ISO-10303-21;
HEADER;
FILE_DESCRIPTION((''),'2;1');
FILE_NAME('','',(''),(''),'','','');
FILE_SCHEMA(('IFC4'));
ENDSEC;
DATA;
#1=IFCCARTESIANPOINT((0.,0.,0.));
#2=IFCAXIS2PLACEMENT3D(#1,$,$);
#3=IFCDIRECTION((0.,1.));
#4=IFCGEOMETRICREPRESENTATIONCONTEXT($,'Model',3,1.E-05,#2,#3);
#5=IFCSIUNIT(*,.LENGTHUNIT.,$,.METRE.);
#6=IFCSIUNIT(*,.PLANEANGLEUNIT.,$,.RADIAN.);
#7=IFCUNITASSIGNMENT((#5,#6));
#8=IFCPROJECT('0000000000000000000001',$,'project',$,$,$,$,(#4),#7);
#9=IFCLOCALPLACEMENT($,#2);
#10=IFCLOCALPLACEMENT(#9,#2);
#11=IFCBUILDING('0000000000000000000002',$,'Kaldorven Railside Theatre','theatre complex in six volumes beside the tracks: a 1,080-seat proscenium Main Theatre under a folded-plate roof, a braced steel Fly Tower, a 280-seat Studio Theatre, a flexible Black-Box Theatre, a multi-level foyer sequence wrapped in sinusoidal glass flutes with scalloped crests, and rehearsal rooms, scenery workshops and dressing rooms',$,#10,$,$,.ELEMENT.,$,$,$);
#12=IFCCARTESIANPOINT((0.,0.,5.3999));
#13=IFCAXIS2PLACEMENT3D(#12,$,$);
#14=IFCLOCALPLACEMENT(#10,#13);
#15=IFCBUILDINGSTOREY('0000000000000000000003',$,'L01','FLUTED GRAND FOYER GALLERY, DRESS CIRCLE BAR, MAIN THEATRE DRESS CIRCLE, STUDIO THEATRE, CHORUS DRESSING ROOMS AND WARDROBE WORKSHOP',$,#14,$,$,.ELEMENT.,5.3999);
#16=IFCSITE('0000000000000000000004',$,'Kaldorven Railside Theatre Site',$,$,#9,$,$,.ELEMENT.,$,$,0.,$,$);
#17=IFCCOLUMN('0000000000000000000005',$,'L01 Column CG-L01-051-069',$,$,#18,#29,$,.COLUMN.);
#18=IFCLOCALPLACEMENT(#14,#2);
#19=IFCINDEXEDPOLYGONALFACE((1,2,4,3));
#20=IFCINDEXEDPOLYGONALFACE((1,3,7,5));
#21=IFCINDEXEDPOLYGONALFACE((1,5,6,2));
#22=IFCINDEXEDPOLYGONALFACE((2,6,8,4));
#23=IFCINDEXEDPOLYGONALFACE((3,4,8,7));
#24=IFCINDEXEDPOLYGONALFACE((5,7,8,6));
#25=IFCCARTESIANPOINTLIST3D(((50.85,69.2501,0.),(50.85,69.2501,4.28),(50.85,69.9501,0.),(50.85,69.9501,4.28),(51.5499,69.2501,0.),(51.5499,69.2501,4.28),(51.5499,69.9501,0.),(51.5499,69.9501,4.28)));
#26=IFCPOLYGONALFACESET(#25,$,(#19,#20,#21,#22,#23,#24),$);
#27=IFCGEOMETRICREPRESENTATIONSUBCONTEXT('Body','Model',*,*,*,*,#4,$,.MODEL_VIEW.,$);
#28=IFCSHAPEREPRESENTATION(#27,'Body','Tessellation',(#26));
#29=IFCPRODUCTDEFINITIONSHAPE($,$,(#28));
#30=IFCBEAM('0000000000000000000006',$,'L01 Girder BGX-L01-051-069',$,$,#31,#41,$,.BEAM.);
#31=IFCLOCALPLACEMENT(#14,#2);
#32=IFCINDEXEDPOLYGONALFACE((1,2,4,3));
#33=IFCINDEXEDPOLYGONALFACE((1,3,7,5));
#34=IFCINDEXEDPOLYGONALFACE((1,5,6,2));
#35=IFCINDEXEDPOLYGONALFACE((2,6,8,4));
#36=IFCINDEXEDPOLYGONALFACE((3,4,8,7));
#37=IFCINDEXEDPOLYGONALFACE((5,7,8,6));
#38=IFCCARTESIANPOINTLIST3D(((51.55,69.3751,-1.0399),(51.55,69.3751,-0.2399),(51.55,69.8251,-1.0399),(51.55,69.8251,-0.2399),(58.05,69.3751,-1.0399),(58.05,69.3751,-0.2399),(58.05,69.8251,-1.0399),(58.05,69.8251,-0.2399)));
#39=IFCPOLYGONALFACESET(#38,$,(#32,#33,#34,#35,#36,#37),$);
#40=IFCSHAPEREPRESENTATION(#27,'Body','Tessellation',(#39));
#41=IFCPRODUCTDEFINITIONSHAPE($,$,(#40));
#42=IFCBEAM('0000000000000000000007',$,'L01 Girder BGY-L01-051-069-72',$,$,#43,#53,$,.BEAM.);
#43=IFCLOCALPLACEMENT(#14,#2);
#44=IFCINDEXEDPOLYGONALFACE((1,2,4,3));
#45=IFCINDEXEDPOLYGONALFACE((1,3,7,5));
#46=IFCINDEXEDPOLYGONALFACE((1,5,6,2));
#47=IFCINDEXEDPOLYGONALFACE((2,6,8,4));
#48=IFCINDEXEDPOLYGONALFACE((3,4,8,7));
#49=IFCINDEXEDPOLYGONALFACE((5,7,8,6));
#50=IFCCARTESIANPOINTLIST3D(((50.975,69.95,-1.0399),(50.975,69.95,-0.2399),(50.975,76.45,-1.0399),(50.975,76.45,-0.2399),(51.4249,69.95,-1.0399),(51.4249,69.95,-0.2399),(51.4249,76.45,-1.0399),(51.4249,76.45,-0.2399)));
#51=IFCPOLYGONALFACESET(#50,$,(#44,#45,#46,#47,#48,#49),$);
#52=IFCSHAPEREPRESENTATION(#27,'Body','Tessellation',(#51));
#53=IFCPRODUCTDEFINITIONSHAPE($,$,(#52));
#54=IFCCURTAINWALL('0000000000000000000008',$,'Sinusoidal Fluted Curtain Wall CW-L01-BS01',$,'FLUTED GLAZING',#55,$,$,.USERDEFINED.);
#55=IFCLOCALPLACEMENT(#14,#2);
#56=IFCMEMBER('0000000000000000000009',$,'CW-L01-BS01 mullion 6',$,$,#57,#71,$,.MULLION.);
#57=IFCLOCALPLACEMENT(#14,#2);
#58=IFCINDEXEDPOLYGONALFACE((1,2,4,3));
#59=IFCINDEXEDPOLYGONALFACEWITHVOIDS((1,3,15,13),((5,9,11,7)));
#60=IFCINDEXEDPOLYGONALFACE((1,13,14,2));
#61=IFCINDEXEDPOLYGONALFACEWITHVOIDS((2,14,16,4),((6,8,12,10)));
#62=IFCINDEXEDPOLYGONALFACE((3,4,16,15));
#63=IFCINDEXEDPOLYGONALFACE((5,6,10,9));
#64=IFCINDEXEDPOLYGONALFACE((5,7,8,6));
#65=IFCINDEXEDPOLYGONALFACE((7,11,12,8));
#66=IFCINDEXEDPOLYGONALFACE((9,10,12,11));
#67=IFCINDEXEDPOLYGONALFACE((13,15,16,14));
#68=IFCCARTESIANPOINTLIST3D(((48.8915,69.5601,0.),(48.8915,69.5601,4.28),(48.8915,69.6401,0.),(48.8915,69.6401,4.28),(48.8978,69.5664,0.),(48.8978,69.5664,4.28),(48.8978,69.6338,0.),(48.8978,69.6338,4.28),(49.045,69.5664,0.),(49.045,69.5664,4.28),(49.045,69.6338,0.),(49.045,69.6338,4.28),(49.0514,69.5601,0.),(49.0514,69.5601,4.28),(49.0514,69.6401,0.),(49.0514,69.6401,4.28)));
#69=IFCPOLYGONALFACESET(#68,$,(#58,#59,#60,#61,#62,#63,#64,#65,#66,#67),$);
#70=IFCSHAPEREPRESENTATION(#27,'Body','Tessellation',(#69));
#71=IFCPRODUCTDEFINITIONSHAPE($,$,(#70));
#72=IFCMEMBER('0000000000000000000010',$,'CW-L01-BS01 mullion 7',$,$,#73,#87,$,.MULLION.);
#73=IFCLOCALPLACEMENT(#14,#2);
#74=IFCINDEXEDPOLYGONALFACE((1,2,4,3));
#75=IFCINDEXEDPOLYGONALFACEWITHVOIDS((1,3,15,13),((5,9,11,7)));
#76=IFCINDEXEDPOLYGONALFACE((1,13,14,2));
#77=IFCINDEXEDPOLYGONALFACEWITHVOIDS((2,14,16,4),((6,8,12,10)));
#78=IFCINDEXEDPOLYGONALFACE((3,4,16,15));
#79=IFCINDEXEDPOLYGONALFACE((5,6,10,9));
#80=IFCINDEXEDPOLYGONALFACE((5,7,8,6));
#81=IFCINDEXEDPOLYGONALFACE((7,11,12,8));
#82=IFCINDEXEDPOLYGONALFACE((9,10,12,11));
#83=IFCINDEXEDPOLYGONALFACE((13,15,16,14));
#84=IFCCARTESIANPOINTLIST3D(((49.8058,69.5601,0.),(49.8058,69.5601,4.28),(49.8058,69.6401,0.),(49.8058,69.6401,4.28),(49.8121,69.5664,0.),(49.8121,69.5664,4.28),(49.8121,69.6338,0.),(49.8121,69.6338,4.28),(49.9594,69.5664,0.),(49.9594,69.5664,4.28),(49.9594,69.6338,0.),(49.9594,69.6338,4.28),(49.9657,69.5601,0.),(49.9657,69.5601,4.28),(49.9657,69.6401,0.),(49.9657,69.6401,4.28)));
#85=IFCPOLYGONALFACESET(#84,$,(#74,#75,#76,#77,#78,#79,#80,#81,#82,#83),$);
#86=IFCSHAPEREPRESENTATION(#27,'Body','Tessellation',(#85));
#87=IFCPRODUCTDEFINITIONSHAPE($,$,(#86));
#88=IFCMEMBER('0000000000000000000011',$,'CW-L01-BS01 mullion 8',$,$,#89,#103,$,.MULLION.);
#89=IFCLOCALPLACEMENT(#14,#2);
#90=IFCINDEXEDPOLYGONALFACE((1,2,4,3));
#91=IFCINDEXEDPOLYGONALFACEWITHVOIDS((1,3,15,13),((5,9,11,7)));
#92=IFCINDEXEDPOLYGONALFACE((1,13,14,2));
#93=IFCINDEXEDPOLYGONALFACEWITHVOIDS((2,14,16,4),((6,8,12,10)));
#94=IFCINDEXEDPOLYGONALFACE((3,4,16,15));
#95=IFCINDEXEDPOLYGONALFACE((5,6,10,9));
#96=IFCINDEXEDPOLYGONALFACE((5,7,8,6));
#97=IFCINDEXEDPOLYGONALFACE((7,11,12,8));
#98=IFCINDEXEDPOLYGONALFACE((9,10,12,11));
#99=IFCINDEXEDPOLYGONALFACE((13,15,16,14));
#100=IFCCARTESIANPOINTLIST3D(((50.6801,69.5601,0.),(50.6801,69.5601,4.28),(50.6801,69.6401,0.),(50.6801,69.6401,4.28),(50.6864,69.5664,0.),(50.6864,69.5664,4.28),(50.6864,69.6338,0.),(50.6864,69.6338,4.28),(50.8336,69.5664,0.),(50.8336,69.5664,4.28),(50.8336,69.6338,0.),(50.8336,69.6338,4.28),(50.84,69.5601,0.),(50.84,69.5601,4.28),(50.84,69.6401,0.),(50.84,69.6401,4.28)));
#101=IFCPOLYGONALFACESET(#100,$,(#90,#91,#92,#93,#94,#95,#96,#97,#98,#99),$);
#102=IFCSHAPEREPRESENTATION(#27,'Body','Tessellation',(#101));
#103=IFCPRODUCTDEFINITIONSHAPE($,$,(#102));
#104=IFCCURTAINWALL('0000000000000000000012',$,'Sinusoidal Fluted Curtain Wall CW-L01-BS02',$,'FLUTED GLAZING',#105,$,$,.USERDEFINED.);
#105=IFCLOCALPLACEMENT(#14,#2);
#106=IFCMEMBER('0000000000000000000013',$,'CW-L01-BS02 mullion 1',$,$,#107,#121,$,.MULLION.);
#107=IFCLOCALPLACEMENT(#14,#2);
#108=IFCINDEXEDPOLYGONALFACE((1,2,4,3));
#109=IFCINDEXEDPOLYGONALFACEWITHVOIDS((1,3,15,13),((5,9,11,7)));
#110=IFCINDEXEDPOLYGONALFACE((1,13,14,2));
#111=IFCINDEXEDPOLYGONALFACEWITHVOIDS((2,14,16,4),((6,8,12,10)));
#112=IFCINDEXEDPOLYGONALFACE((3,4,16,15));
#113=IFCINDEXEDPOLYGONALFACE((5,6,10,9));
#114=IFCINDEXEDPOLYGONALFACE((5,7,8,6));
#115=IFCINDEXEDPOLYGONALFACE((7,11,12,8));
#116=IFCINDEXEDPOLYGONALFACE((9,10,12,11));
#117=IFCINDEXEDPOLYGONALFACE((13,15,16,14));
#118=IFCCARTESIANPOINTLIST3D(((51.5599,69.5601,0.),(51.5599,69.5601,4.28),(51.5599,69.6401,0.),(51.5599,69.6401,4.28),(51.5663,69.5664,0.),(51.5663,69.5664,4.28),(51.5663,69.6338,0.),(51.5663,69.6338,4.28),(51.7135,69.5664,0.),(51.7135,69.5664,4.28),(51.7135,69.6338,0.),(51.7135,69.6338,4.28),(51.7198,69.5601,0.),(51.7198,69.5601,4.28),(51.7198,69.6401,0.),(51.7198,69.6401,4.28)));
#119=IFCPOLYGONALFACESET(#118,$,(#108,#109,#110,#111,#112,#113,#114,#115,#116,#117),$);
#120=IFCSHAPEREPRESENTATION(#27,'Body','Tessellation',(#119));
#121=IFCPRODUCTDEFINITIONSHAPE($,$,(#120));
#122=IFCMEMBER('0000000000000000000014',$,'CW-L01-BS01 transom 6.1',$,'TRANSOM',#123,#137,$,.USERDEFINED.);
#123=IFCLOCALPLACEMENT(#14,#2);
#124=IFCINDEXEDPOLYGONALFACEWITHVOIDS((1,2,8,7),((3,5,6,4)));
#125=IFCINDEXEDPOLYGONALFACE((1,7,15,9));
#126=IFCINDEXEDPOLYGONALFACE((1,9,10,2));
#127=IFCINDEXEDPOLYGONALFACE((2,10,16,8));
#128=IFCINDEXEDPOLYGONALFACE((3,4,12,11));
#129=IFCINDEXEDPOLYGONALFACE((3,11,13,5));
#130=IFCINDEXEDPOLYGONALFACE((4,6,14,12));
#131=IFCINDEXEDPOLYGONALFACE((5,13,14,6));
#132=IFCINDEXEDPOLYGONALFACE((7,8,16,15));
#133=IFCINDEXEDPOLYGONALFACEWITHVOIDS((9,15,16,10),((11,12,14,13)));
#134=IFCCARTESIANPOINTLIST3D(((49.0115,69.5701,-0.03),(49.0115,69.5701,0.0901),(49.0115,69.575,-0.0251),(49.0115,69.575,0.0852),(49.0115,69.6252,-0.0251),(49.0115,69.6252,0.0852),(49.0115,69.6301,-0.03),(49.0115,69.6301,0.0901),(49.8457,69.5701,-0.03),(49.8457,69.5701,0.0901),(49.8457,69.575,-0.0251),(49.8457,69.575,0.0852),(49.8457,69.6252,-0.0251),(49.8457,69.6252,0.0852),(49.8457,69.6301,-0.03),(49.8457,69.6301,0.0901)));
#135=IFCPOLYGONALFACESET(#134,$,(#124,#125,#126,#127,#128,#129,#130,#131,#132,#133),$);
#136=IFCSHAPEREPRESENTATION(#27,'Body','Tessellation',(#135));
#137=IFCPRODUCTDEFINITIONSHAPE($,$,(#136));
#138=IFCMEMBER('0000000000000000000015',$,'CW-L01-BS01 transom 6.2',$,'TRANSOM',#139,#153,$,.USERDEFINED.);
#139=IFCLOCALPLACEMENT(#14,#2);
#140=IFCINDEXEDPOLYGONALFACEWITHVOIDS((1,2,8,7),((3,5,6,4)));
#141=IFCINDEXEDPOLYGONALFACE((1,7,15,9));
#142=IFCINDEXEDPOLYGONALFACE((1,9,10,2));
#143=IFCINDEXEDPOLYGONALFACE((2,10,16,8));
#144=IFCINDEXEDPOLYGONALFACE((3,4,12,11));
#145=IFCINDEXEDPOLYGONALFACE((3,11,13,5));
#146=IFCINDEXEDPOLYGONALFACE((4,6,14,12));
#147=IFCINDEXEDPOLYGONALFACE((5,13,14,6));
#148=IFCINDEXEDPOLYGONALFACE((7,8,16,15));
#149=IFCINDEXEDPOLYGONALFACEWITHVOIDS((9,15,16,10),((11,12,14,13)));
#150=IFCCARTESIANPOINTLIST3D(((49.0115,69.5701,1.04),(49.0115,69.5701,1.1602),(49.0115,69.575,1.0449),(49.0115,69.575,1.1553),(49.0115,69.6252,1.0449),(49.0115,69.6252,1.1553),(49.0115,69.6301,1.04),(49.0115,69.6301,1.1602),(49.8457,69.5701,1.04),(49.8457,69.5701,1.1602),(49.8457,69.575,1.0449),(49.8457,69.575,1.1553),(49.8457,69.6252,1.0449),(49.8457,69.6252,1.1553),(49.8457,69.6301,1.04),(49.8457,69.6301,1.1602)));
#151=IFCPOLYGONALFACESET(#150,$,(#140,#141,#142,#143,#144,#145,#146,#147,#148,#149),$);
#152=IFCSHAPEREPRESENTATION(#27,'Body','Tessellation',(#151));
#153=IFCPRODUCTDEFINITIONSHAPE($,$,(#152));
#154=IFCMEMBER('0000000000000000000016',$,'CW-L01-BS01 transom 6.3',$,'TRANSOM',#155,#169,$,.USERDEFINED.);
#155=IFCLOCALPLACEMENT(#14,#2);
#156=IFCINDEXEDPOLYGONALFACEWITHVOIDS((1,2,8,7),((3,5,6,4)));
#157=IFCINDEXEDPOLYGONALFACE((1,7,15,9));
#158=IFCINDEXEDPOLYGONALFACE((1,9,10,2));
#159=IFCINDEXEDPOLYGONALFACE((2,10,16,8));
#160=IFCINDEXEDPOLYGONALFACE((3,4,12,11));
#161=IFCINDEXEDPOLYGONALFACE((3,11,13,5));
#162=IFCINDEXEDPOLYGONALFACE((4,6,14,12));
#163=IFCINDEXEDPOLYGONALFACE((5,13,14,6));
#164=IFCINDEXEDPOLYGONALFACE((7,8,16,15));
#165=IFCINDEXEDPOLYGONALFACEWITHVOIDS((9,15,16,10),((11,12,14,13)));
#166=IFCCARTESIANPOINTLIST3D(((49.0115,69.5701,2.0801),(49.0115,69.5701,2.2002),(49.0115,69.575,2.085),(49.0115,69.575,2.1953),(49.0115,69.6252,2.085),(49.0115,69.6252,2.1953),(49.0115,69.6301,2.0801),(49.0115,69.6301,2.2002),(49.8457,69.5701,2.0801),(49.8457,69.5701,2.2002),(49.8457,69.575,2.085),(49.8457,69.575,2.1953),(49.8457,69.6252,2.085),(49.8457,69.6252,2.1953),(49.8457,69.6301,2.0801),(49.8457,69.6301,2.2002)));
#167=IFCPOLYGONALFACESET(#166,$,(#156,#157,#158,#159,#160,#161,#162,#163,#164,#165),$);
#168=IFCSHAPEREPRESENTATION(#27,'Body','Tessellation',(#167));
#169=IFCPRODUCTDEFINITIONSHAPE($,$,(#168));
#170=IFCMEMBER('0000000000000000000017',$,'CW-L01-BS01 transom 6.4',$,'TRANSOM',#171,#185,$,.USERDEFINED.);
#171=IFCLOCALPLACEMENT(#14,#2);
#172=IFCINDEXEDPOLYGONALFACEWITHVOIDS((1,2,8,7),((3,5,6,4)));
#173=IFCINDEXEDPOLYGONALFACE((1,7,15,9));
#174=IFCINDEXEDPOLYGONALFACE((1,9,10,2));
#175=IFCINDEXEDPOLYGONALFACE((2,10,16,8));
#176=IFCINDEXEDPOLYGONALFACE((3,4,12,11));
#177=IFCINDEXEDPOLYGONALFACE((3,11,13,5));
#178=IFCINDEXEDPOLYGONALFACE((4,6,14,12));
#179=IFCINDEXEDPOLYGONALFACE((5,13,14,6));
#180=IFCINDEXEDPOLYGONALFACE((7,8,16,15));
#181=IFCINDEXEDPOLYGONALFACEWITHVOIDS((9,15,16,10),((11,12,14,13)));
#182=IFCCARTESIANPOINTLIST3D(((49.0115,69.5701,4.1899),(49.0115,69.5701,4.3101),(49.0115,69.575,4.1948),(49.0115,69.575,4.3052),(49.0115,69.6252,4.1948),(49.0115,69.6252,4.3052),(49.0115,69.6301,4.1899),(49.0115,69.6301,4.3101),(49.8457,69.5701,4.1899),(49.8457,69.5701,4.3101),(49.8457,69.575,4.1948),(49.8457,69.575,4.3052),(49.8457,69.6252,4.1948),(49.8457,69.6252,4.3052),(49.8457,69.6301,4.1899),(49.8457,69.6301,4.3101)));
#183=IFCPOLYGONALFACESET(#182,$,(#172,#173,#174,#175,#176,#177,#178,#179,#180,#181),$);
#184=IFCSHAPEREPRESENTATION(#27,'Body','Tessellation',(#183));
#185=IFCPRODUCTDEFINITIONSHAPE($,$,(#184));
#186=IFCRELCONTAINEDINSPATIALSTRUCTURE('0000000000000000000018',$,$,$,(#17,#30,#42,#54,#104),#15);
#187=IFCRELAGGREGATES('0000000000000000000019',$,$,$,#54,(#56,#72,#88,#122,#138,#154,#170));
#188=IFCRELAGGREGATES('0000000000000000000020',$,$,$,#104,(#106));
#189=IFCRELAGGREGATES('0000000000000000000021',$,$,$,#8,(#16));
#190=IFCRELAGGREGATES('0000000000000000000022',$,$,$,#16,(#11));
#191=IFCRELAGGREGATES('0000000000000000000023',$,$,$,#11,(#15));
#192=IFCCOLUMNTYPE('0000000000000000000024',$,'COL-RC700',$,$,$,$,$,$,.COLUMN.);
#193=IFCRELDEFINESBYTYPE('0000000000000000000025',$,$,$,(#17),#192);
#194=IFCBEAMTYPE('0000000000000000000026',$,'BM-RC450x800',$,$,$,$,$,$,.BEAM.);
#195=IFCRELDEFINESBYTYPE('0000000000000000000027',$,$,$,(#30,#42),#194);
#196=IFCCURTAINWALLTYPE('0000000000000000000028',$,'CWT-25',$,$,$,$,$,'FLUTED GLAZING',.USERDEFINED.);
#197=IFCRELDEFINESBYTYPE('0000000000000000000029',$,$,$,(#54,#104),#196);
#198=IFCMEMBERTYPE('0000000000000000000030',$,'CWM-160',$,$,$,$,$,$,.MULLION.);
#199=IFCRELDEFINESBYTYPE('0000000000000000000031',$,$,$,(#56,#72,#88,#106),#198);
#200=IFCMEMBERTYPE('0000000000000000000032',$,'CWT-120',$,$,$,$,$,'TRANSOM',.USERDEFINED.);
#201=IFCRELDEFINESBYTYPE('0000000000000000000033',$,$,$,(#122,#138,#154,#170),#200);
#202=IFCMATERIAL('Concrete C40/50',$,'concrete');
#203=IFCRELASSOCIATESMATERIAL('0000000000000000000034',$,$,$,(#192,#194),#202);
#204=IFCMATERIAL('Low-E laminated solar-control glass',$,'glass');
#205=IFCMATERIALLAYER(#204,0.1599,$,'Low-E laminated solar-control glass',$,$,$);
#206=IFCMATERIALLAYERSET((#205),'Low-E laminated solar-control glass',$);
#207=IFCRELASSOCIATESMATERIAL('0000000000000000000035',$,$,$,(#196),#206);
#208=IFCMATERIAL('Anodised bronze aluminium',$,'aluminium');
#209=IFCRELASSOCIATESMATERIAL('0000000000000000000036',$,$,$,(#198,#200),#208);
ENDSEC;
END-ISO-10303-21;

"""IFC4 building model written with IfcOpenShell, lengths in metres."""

from ifc_helpers import new_model, si_unit, direction, frame, origin, origin_2d, place, context, subcontext, project, spatial, rectangle, hollow_rectangle, extrude, material, layer, layer_set, material_profile, profile_set, type_object, element, aggregate, save


model = new_model("IFC4")

# Units and contexts
model_context = context("Model", 3, precision=1e-05, world=origin(), true_north=direction((0.0, 1.0)))
body_context = subcontext(model_context, "Body", "Model", "MODEL_VIEW")
ifc_project = project(units=[si_unit("LENGTHUNIT", "METRE"), si_unit("PLANEANGLEUNIT", "RADIAN")], contexts=[model_context])

# Site, building, storey
site_placement = place(None, origin())
site = spatial("IfcSite", under=ifc_project, at=site_placement, Name="Kaldorven Railside Theatre Site", CompositionType="ELEMENT", RefElevation=0.0)
building_placement = place(site_placement, origin())
building = spatial("IfcBuilding", under=site, at=building_placement, Name="Kaldorven Railside Theatre", Description="theatre complex in six volumes beside the tracks: a 1,080-seat proscenium Main Theatre under a folded-plate roof, a braced steel Fly Tower, a 280-seat Studio Theatre, a flexible Black-Box Theatre, a multi-level foyer sequence wrapped in sinusoidal glass flutes with scalloped crests, and rehearsal rooms, scenery workshops and dressing rooms", CompositionType="ELEMENT")
storey_placement = place(building_placement, frame((0.0, 0.0, 5.3999)))
storey = spatial("IfcBuildingStorey", under=building, at=storey_placement, Name="L01", Description="FLUTED GRAND FOYER GALLERY, DRESS CIRCLE BAR, MAIN THEATRE DRESS CIRCLE, STUDIO THEATRE, CHORUS DRESSING ROOMS AND WARDROBE WORKSHOP", CompositionType="ELEMENT", Elevation=5.3999)

# Column
ifc_material_1 = material(Name="Concrete C40/50", Category="concrete")
ifc_material_profile_1 = material_profile(ifc_material_1, rectangle(XDim=0.7, YDim=0.7, at=origin_2d()), Name="RC 700x700")
ifc_profile_set_1 = profile_set([ifc_material_profile_1], Name="Concrete C40/50")
column_type = type_object("IfcColumnType", Name="COL-RC700", PredefinedType="COLUMN", material=ifc_profile_set_1)
column_placement = place(storey_placement, frame((51.2, 69.6001, 0.0), z_axis=(0.0, 0.0, 1.0), x_axis=(1.0, 0.0, 0.0)))
element("IfcColumn", 1, at=column_placement, inside=storey, type_object=column_type, Name="L01 Column CG-L01-051-069", PredefinedType="COLUMN", context=body_context, shape_type="SweptSolid", body=[
    extrude(rectangle(XDim=0.7, YDim=0.7, at=origin_2d()), origin(), (0.0, 0.0, 1.0), 4.28),
])

# Beams
ifc_material_profile_2 = material_profile(ifc_material_1, rectangle(XDim=0.45, YDim=0.8, at=origin_2d()), Name="RC 450x800")
ifc_profile_set_2 = profile_set([ifc_material_profile_2], Name="Concrete C40/50")
beam_type = type_object("IfcBeamType", Name="BM-RC450x800", PredefinedType="BEAM", material=ifc_profile_set_2)
for number, where, z_axis, x_axis, name in (
    (2, (51.55, 69.6001, -0.6399), (1.0, 0.0, 0.0), (0.0, 1.0, 0.0), "L01 Girder BGX-L01-051-069"),
    (3, (51.2, 69.95, -0.6399), (0.0, 1.0, 0.0), (-1.0, 0.0, 0.0), "L01 Girder BGY-L01-051-069-72"),
):
    element("IfcBeam", number, at=place(storey_placement, frame(where, z_axis=z_axis, x_axis=x_axis)), inside=storey, type_object=beam_type, Name=name, PredefinedType="BEAM", context=body_context, shape_type="SweptSolid", body=[
        extrude(rectangle(XDim=0.45, YDim=0.8, at=origin_2d()), origin(), (0.0, 0.0, 1.0), 6.5),
    ])

# Curtain wall, members
ifc_material_2 = material(Name="Low-E laminated solar-control glass", Category="glass")
ifc_layer_1 = layer(ifc_material_2, 0.1599, Name="Low-E laminated solar-control glass")
ifc_layer_set_1 = layer_set([ifc_layer_1], Name="Low-E laminated solar-control glass")
curtain_wall_type = type_object("IfcCurtainWallType", Name="CWT-25", ElementType="FLUTED GLAZING", PredefinedType="USERDEFINED", material=ifc_layer_set_1)
curtain_wall_1_placement = place(storey_placement, origin())
curtain_wall_1 = element("IfcCurtainWall", 4, at=curtain_wall_1_placement, inside=storey, type_object=curtain_wall_type, Name="Sinusoidal Fluted Curtain Wall CW-L01-BS01", ObjectType="FLUTED GLAZING", PredefinedType="USERDEFINED")
ifc_material_3 = material(Name="Anodised bronze aluminium", Category="aluminium")
ifc_material_profile_3 = material_profile(ifc_material_3, hollow_rectangle(XDim=0.0801, YDim=0.1599, WallThickness=0.0063, at=origin_2d()), Name="RHS 160x80x6.3")
ifc_profile_set_3 = profile_set([ifc_material_profile_3], Name="Anodised bronze aluminium")
member_type_1 = type_object("IfcMemberType", Name="CWM-160", PredefinedType="MULLION", material=ifc_profile_set_3)
member_1_placement = place(storey_placement, frame((48.9714, 69.6001, 0.0), z_axis=(0.0, 0.0, 1.0), x_axis=(0.0, 1.0, 0.0)))
member_1 = element("IfcMember", 5, at=member_1_placement, type_object=member_type_1, Name="CW-L01-BS01 mullion 6", PredefinedType="MULLION", context=body_context, shape_type="SweptSolid", body=[
    extrude(hollow_rectangle(XDim=0.0801, YDim=0.1599, WallThickness=0.0063, at=origin_2d()), origin(), (0.0, 0.0, 1.0), 4.28),
])
member_2_placement = place(storey_placement, frame((49.8857, 69.6001, 0.0), z_axis=(0.0, 0.0, 1.0), x_axis=(0.0, 1.0, 0.0)))
member_2 = element("IfcMember", 6, at=member_2_placement, type_object=member_type_1, Name="CW-L01-BS01 mullion 7", PredefinedType="MULLION", context=body_context, shape_type="SweptSolid", body=[
    extrude(hollow_rectangle(XDim=0.0801, YDim=0.1599, WallThickness=0.0063, at=origin_2d()), origin(), (0.0, 0.0, 1.0), 4.28),
])
member_3_placement = place(storey_placement, frame((50.76, 69.6001, 0.0), z_axis=(0.0, 0.0, 1.0), x_axis=(0.0, 1.0, 0.0)))
member_3 = element("IfcMember", 7, at=member_3_placement, type_object=member_type_1, Name="CW-L01-BS01 mullion 8", PredefinedType="MULLION", context=body_context, shape_type="SweptSolid", body=[
    extrude(hollow_rectangle(XDim=0.0801, YDim=0.1599, WallThickness=0.0063, at=origin_2d()), origin(), (0.0, 0.0, 1.0), 4.28),
])

# Curtain wall, member
curtain_wall_2_placement = place(storey_placement, origin())
curtain_wall_2 = element("IfcCurtainWall", 8, at=curtain_wall_2_placement, inside=storey, type_object=curtain_wall_type, Name="Sinusoidal Fluted Curtain Wall CW-L01-BS02", ObjectType="FLUTED GLAZING", PredefinedType="USERDEFINED")
member_4_placement = place(storey_placement, frame((51.6399, 69.6001, 0.0), z_axis=(0.0, 0.0, 1.0), x_axis=(0.0, 1.0, 0.0)))
member_4 = element("IfcMember", 9, at=member_4_placement, type_object=member_type_1, Name="CW-L01-BS02 mullion 1", PredefinedType="MULLION", context=body_context, shape_type="SweptSolid", body=[
    extrude(hollow_rectangle(XDim=0.0801, YDim=0.1599, WallThickness=0.0063, at=origin_2d()), origin(), (0.0, 0.0, 1.0), 4.28),
])

# Members
ifc_material_profile_4 = material_profile(ifc_material_3, hollow_rectangle(XDim=0.0601, YDim=0.1201, WallThickness=0.0049, at=origin_2d()), Name="RHS 120x60x5")
ifc_profile_set_4 = profile_set([ifc_material_profile_4], Name="Anodised bronze aluminium")
member_type_2 = type_object("IfcMemberType", Name="CWT-120", ElementType="TRANSOM", PredefinedType="USERDEFINED", material=ifc_profile_set_4)
member_5_placement = place(storey_placement, frame((49.0115, 69.6001, 0.03), z_axis=(1.0, 0.0, 0.0), x_axis=(0.0, 1.0, 0.0)))
member_5 = element("IfcMember", 10, at=member_5_placement, type_object=member_type_2, Name="CW-L01-BS01 transom 6.1", ObjectType="TRANSOM", PredefinedType="USERDEFINED", context=body_context, shape_type="SweptSolid", body=[
    extrude(hollow_rectangle(XDim=0.0601, YDim=0.1201, WallThickness=0.0049, at=origin_2d()), origin(), (0.0, 0.0, 1.0), 0.8342),
])
member_6_placement = place(storey_placement, frame((49.0115, 69.6001, 1.1001), z_axis=(1.0, 0.0, 0.0), x_axis=(0.0, 1.0, 0.0)))
member_6 = element("IfcMember", 11, at=member_6_placement, type_object=member_type_2, Name="CW-L01-BS01 transom 6.2", ObjectType="TRANSOM", PredefinedType="USERDEFINED", context=body_context, shape_type="SweptSolid", body=[
    extrude(hollow_rectangle(XDim=0.0601, YDim=0.1201, WallThickness=0.0049, at=origin_2d()), origin(), (0.0, 0.0, 1.0), 0.8342),
])
member_7_placement = place(storey_placement, frame((49.0115, 69.6001, 2.1401), z_axis=(1.0, 0.0, 0.0), x_axis=(0.0, 1.0, 0.0)))
member_7 = element("IfcMember", 12, at=member_7_placement, type_object=member_type_2, Name="CW-L01-BS01 transom 6.3", ObjectType="TRANSOM", PredefinedType="USERDEFINED", context=body_context, shape_type="SweptSolid", body=[
    extrude(hollow_rectangle(XDim=0.0601, YDim=0.1201, WallThickness=0.0049, at=origin_2d()), origin(), (0.0, 0.0, 1.0), 0.8342),
])
member_8_placement = place(storey_placement, frame((49.0115, 69.6001, 4.25), z_axis=(1.0, 0.0, 0.0), x_axis=(0.0, 1.0, 0.0)))
member_8 = element("IfcMember", 13, at=member_8_placement, type_object=member_type_2, Name="CW-L01-BS01 transom 6.4", ObjectType="TRANSOM", PredefinedType="USERDEFINED", context=body_context, shape_type="SweptSolid", body=[
    extrude(hollow_rectangle(XDim=0.0601, YDim=0.1201, WallThickness=0.0049, at=origin_2d()), origin(), (0.0, 0.0, 1.0), 0.8342),
])

aggregate(curtain_wall_1, [member_1, member_2, member_3, member_5, member_6, member_7, member_8])
aggregate(curtain_wall_2, [member_4])

save(model, "model.ifc")
